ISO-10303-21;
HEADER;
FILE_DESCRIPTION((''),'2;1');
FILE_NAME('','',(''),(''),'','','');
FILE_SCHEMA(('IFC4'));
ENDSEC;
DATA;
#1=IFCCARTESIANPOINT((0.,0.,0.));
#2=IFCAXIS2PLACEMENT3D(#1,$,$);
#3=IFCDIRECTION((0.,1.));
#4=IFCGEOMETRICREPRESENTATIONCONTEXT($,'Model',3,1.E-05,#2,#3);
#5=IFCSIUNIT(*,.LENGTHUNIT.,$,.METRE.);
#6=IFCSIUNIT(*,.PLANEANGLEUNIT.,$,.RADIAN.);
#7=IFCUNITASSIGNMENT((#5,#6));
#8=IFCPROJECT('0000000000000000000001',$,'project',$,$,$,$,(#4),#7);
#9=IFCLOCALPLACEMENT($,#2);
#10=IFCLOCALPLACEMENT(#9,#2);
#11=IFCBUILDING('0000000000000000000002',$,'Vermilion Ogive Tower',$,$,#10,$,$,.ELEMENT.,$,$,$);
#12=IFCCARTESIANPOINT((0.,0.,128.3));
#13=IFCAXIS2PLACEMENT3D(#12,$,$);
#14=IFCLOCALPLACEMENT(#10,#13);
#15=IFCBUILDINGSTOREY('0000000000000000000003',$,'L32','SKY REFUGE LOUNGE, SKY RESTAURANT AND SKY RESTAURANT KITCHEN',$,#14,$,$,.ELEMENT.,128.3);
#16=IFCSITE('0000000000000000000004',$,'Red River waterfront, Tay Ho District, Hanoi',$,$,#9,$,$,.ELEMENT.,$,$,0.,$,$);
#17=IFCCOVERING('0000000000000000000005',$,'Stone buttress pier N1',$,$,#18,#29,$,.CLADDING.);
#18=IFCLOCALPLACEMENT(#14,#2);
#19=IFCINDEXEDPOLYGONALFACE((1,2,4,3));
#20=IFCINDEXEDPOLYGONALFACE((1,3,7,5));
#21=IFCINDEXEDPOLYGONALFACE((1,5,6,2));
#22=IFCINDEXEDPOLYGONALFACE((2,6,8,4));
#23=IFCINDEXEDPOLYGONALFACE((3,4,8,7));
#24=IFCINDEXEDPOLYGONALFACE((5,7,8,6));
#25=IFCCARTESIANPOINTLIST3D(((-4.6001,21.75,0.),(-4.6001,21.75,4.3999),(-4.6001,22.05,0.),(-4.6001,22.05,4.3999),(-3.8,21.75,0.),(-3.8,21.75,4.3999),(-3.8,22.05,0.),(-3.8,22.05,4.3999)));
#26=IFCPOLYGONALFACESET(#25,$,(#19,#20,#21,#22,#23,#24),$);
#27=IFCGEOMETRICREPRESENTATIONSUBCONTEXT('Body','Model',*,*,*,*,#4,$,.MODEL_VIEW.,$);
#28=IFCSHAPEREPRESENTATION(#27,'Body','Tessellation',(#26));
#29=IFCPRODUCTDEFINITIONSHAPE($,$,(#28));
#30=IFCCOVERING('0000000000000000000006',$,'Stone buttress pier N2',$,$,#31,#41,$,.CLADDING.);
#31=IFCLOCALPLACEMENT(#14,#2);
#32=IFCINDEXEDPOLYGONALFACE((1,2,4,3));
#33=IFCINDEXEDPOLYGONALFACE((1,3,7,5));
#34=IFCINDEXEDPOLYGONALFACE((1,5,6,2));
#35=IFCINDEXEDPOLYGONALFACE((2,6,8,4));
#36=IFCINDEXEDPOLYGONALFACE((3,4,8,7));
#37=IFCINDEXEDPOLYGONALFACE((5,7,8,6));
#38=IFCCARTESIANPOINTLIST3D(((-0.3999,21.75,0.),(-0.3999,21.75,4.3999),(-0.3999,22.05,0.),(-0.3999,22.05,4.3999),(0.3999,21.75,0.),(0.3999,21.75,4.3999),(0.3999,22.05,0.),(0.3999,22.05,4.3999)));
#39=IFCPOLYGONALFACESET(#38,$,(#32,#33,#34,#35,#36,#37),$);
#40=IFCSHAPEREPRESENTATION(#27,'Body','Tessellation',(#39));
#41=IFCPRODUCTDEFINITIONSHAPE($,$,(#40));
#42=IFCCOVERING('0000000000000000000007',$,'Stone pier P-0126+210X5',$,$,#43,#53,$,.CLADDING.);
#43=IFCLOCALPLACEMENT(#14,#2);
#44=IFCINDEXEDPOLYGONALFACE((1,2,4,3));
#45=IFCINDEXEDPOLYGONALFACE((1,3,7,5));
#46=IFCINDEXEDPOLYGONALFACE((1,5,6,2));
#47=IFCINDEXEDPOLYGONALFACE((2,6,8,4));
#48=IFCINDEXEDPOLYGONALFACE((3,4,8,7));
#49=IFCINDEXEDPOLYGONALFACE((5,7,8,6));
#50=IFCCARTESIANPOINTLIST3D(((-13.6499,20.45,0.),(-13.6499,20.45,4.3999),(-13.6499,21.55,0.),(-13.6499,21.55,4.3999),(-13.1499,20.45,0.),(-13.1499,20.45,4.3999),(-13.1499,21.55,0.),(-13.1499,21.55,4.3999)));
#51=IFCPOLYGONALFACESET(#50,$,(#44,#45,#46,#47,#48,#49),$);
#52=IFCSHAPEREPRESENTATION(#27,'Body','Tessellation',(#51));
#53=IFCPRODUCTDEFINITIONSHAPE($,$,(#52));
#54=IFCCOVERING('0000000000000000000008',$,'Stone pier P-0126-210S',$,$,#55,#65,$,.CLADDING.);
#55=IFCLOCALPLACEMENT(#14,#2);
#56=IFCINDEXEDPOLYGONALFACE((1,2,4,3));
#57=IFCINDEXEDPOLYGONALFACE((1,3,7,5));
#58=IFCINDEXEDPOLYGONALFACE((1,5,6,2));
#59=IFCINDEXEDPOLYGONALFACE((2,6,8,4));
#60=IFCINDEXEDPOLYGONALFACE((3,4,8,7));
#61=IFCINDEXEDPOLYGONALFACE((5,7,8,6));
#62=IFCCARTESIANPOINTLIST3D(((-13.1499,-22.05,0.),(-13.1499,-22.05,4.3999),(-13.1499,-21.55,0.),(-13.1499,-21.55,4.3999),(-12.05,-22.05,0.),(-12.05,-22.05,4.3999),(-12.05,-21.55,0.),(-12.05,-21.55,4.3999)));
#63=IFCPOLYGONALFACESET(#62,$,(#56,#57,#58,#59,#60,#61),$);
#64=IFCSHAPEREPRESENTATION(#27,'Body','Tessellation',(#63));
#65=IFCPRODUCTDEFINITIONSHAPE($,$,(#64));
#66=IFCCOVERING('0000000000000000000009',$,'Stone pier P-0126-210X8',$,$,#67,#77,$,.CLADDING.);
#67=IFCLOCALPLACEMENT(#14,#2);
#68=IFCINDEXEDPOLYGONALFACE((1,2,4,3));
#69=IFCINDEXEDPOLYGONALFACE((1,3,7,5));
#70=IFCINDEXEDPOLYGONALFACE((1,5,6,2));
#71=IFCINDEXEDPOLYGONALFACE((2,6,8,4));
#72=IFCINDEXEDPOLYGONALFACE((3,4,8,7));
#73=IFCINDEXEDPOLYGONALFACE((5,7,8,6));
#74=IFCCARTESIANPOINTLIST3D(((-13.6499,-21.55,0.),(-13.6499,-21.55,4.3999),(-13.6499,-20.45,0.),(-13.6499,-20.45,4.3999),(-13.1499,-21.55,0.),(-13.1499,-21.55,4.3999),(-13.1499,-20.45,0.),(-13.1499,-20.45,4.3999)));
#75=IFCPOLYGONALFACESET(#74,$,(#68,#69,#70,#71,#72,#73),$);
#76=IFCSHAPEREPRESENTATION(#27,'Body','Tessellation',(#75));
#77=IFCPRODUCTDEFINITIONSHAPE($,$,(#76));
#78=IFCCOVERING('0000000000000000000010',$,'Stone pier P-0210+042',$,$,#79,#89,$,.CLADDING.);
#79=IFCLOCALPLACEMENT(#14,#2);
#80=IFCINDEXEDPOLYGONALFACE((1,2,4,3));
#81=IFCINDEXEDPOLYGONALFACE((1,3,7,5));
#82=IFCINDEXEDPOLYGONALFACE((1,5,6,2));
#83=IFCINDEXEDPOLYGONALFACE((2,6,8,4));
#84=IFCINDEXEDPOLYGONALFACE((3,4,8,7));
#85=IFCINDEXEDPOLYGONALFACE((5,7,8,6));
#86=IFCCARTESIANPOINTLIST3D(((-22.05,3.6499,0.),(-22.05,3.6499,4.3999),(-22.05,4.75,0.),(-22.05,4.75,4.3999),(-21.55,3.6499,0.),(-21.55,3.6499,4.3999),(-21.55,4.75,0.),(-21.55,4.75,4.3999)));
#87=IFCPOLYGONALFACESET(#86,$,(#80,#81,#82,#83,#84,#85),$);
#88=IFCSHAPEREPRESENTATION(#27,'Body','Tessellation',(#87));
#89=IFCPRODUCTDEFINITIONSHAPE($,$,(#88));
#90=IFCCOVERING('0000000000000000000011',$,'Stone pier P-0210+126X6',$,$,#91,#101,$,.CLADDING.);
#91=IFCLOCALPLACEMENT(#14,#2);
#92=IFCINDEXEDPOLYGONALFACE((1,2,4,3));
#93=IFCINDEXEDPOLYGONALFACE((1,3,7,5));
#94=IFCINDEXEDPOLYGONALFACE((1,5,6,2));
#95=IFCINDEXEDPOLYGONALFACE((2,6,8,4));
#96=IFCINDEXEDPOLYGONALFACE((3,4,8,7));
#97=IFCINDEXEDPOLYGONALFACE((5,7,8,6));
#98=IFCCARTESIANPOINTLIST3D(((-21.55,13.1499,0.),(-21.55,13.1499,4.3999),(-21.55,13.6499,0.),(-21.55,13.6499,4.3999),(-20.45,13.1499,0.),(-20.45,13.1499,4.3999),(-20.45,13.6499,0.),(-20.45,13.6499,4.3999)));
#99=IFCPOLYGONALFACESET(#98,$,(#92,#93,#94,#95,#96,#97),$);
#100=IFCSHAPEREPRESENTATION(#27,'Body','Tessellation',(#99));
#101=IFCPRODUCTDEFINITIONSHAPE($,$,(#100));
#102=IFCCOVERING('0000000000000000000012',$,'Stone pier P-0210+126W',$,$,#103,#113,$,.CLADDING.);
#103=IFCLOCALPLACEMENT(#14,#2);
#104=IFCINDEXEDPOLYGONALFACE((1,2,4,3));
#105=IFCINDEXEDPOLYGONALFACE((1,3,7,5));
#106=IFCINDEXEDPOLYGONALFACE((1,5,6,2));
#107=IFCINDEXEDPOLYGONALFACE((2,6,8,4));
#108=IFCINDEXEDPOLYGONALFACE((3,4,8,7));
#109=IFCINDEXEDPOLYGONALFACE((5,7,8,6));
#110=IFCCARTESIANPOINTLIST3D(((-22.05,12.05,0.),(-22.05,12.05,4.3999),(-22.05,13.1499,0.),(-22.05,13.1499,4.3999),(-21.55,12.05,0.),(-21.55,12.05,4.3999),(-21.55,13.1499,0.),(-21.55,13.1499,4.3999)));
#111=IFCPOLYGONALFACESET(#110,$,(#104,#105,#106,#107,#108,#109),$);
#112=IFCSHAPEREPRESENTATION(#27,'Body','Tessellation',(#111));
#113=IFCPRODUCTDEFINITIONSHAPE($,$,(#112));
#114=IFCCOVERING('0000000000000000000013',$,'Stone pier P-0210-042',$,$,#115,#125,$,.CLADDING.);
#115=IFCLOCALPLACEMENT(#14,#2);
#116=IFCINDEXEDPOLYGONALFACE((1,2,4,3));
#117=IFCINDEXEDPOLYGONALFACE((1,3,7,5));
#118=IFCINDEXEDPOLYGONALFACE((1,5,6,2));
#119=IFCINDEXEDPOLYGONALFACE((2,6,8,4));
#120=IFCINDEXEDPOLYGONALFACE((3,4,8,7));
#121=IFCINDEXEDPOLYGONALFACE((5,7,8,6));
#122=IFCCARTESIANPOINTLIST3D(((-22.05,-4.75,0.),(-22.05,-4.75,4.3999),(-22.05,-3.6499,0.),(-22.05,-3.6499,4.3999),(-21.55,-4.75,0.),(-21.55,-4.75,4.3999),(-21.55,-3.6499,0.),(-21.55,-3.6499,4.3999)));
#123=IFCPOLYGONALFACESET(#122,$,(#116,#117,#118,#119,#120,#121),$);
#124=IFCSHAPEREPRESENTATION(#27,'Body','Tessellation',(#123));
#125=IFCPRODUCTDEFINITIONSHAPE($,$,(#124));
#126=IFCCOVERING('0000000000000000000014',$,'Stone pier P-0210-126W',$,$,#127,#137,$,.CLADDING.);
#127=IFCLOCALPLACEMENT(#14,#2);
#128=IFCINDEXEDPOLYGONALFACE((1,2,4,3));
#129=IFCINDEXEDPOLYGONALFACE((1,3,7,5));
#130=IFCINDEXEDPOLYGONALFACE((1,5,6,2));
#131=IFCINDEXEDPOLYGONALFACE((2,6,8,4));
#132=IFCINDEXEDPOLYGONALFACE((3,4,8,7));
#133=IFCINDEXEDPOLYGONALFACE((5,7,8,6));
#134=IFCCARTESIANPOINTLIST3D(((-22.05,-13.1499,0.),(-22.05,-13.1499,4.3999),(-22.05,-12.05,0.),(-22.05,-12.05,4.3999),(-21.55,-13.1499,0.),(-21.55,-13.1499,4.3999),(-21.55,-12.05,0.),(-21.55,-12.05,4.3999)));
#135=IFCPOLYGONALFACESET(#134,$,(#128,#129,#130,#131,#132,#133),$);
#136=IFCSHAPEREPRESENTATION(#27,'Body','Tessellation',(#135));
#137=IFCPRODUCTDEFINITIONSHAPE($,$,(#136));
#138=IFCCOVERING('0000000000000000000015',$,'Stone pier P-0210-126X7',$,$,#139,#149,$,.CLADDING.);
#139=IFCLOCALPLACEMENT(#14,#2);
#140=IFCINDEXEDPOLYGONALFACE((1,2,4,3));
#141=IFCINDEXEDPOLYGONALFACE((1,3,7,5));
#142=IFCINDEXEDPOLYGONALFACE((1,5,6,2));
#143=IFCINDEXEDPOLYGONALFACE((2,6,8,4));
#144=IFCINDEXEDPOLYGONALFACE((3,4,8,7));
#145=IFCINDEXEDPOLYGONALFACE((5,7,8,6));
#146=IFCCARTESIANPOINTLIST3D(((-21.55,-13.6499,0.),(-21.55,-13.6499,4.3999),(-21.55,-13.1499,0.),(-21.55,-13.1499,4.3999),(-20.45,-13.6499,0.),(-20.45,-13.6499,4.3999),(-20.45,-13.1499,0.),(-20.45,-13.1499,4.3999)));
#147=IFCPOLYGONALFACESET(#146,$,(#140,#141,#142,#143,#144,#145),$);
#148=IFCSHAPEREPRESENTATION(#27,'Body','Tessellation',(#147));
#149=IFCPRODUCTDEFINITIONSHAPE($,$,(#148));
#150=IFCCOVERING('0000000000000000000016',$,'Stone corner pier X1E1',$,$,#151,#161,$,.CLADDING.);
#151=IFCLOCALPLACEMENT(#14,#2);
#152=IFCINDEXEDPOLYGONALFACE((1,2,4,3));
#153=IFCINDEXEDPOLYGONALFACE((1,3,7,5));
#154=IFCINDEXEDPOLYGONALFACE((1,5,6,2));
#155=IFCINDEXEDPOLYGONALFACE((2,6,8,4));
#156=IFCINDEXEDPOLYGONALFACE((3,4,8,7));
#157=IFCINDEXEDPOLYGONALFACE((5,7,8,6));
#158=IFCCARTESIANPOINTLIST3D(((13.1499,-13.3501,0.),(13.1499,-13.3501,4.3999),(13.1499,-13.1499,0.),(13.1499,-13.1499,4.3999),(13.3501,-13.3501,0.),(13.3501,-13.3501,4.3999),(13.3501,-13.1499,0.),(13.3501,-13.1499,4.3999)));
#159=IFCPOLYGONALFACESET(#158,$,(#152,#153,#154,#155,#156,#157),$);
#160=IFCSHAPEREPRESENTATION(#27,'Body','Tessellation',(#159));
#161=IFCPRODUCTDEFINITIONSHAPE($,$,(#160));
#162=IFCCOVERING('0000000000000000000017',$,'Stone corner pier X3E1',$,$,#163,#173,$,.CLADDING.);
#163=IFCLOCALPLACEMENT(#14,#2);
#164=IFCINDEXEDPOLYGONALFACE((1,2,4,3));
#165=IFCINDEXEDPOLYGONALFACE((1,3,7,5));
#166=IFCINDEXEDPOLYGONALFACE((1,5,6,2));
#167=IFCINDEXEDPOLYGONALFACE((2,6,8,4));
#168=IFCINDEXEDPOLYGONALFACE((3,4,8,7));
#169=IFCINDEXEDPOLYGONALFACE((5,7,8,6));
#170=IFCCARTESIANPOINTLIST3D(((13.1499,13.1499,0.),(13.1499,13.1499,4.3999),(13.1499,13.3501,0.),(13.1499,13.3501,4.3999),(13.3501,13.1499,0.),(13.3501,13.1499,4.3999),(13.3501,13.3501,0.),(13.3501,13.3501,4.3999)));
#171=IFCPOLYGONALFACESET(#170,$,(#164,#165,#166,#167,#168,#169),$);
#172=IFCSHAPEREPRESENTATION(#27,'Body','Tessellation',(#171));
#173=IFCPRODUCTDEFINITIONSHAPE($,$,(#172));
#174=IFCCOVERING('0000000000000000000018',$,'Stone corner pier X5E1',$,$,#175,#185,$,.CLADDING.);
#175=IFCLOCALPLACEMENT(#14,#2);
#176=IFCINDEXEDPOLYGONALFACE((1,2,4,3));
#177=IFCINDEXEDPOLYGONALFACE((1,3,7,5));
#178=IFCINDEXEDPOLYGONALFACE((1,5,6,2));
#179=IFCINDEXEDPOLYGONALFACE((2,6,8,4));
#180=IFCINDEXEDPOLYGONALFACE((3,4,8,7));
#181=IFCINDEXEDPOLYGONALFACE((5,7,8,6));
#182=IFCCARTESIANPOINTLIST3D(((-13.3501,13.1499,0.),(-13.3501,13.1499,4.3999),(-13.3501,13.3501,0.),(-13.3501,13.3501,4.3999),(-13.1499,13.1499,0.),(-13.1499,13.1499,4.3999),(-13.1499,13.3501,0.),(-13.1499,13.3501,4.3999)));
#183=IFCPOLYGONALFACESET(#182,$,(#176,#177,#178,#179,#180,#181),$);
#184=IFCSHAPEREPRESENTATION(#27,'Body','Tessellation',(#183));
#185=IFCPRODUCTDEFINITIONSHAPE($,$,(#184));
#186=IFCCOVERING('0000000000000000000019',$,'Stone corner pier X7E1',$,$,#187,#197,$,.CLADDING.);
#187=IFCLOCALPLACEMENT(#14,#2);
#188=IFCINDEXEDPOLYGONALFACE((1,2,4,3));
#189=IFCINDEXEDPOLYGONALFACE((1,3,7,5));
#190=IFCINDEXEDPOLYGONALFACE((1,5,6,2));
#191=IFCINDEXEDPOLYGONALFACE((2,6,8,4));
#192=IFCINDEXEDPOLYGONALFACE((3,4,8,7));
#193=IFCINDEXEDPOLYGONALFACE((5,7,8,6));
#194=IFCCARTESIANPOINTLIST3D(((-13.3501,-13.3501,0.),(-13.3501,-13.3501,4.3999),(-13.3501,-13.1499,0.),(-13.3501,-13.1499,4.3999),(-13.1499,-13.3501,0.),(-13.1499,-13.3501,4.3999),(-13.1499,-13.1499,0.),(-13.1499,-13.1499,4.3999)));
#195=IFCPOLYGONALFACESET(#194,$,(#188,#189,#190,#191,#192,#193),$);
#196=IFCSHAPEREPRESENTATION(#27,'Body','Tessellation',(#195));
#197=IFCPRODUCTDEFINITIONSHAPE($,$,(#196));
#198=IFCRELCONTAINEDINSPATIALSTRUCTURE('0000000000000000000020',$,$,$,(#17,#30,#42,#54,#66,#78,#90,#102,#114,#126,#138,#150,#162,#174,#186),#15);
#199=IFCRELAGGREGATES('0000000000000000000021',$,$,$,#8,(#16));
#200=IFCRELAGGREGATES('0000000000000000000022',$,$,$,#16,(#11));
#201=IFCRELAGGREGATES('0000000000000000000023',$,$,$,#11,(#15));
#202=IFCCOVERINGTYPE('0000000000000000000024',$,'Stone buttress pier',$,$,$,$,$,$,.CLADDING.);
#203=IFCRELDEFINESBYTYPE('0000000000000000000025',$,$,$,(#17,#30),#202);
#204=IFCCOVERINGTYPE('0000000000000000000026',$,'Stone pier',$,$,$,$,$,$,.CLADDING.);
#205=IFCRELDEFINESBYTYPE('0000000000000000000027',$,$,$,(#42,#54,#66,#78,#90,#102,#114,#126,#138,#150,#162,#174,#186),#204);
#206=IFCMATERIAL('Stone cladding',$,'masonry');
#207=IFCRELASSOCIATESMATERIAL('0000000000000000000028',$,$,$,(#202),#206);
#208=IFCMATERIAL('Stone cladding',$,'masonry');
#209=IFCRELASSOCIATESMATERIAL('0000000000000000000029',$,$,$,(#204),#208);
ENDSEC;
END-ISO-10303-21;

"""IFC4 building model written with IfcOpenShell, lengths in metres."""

from ifc_helpers import new_model, si_unit, direction, frame, origin, place, context, subcontext, project, spatial, polyline, outline, extrude, material, type_object, element, save


model = new_model("IFC4")

# Units and contexts
model_context = context("Model", 3, precision=1e-05, world=origin(), true_north=direction((0.0, 1.0)))
body_context = subcontext(model_context, "Body", "Model", "MODEL_VIEW")
ifc_project = project(units=[si_unit("LENGTHUNIT", "METRE"), si_unit("PLANEANGLEUNIT", "RADIAN")], contexts=[model_context])

# Site, building, storey
site_placement = place(None, origin())
site = spatial("IfcSite", under=ifc_project, at=site_placement, Name="Red River waterfront, Tay Ho District, Hanoi", CompositionType="ELEMENT", RefElevation=0.0)
building_placement = place(site_placement, origin())
building = spatial("IfcBuilding", under=site, at=building_placement, Name="Vermilion Ogive Tower", CompositionType="ELEMENT")
storey_placement = place(building_placement, frame((0.0, 0.0, 128.3)))
storey = spatial("IfcBuildingStorey", under=building, at=storey_placement, Name="L32", Description="SKY REFUGE LOUNGE, SKY RESTAURANT AND SKY RESTAURANT KITCHEN", CompositionType="ELEMENT", Elevation=128.3)

# Coverings
ifc_material_1 = material(Name="Stone cladding", Category="masonry")
covering_type_1 = type_object("IfcCoveringType", Name="Stone buttress pier", PredefinedType="CLADDING", material=ifc_material_1)
covering_1_placement = place(storey_placement, origin())
element("IfcCovering", 1, at=covering_1_placement, inside=storey, type_object=covering_type_1, Name="Stone buttress pier N1", PredefinedType="CLADDING", context=body_context, shape_type="SweptSolid", body=[
    extrude(outline(polyline([(-4.6001, 21.75), (-3.8, 21.75), (-3.8, 22.05), (-4.6001, 22.05), (-4.6001, 21.75)])), origin(), (0.0, 0.0, 1.0), 4.3999),
])
covering_2_placement = place(storey_placement, origin())
element("IfcCovering", 2, at=covering_2_placement, inside=storey, type_object=covering_type_1, Name="Stone buttress pier N2", PredefinedType="CLADDING", context=body_context, shape_type="SweptSolid", body=[
    extrude(outline(polyline([(-0.3999, 21.75), (0.3999, 21.75), (0.3999, 22.05), (-0.3999, 22.05), (-0.3999, 21.75)])), origin(), (0.0, 0.0, 1.0), 4.3999),
])
ifc_material_2 = material(Name="Stone cladding", Category="masonry")
covering_type_2 = type_object("IfcCoveringType", Name="Stone pier", PredefinedType="CLADDING", material=ifc_material_2)
covering_3_placement = place(storey_placement, origin())
element("IfcCovering", 3, at=covering_3_placement, inside=storey, type_object=covering_type_2, Name="Stone pier P-0126+210X5", PredefinedType="CLADDING", context=body_context, shape_type="SweptSolid", body=[
    extrude(outline(polyline([(-13.6499, 21.55), (-13.1499, 21.55), (-13.1499, 20.45), (-13.6499, 20.45), (-13.6499, 21.55)])), origin(), (0.0, 0.0, 1.0), 4.3999),
])
covering_4_placement = place(storey_placement, origin())
element("IfcCovering", 4, at=covering_4_placement, inside=storey, type_object=covering_type_2, Name="Stone pier P-0126-210S", PredefinedType="CLADDING", context=body_context, shape_type="SweptSolid", body=[
    extrude(outline(polyline([(-12.05, -22.05), (-13.1499, -22.05), (-13.1499, -21.55), (-12.05, -21.55), (-12.05, -22.05)])), origin(), (0.0, 0.0, 1.0), 4.3999),
])
covering_5_placement = place(storey_placement, origin())
element("IfcCovering", 5, at=covering_5_placement, inside=storey, type_object=covering_type_2, Name="Stone pier P-0126-210X8", PredefinedType="CLADDING", context=body_context, shape_type="SweptSolid", body=[
    extrude(outline(polyline([(-13.6499, -20.45), (-13.1499, -20.45), (-13.1499, -21.55), (-13.6499, -21.55), (-13.6499, -20.45)])), origin(), (0.0, 0.0, 1.0), 4.3999),
])
covering_6_placement = place(storey_placement, origin())
element("IfcCovering", 6, at=covering_6_placement, inside=storey, type_object=covering_type_2, Name="Stone pier P-0210+042", PredefinedType="CLADDING", context=body_context, shape_type="SweptSolid", body=[
    extrude(outline(polyline([(-21.55, 3.6499), (-22.05, 3.6499), (-22.05, 4.75), (-21.55, 4.75), (-21.55, 4.75), (-21.55, 3.6499)])), origin(), (0.0, 0.0, 1.0), 4.3999),
])
covering_7_placement = place(storey_placement, origin())
element("IfcCovering", 7, at=covering_7_placement, inside=storey, type_object=covering_type_2, Name="Stone pier P-0210+126X6", PredefinedType="CLADDING", context=body_context, shape_type="SweptSolid", body=[
    extrude(outline(polyline([(-21.55, 13.6499), (-20.45, 13.6499), (-20.45, 13.1499), (-21.55, 13.1499), (-21.55, 13.6499)])), origin(), (0.0, 0.0, 1.0), 4.3999),
])
covering_8_placement = place(storey_placement, origin())
element("IfcCovering", 8, at=covering_8_placement, inside=storey, type_object=covering_type_2, Name="Stone pier P-0210+126W", PredefinedType="CLADDING", context=body_context, shape_type="SweptSolid", body=[
    extrude(outline(polyline([(-22.05, 13.1499), (-21.55, 13.1499), (-21.55, 12.05), (-22.05, 12.05), (-22.05, 13.1499)])), origin(), (0.0, 0.0, 1.0), 4.3999),
])
covering_9_placement = place(storey_placement, origin())
element("IfcCovering", 9, at=covering_9_placement, inside=storey, type_object=covering_type_2, Name="Stone pier P-0210-042", PredefinedType="CLADDING", context=body_context, shape_type="SweptSolid", body=[
    extrude(outline(polyline([(-21.55, -4.75), (-22.05, -4.75), (-22.05, -3.6499), (-21.55, -3.6499), (-21.55, -4.75), (-21.55, -4.75)])), origin(), (0.0, 0.0, 1.0), 4.3999),
])
covering_10_placement = place(storey_placement, origin())
element("IfcCovering", 10, at=covering_10_placement, inside=storey, type_object=covering_type_2, Name="Stone pier P-0210-126W", PredefinedType="CLADDING", context=body_context, shape_type="SweptSolid", body=[
    extrude(outline(polyline([(-22.05, -13.1499), (-22.05, -12.05), (-21.55, -12.05), (-21.55, -13.1499), (-22.05, -13.1499)])), origin(), (0.0, 0.0, 1.0), 4.3999),
])
covering_11_placement = place(storey_placement, origin())
element("IfcCovering", 11, at=covering_11_placement, inside=storey, type_object=covering_type_2, Name="Stone pier P-0210-126X7", PredefinedType="CLADDING", context=body_context, shape_type="SweptSolid", body=[
    extrude(outline(polyline([(-21.55, -13.6499), (-21.55, -13.1499), (-20.45, -13.1499), (-20.45, -13.6499), (-21.55, -13.6499)])), origin(), (0.0, 0.0, 1.0), 4.3999),
])
covering_12_placement = place(storey_placement, origin())
element("IfcCovering", 12, at=covering_12_placement, inside=storey, type_object=covering_type_2, Name="Stone corner pier X1E1", PredefinedType="CLADDING", context=body_context, shape_type="SweptSolid", body=[
    extrude(outline(polyline([(13.1499, -13.1499), (13.3501, -13.1499), (13.3501, -13.3501), (13.1499, -13.3501), (13.1499, -13.1499)])), origin(), (0.0, 0.0, 1.0), 4.3999),
])
covering_13_placement = place(storey_placement, origin())
element("IfcCovering", 13, at=covering_13_placement, inside=storey, type_object=covering_type_2, Name="Stone corner pier X3E1", PredefinedType="CLADDING", context=body_context, shape_type="SweptSolid", body=[
    extrude(outline(polyline([(13.1499, 13.1499), (13.1499, 13.3501), (13.3501, 13.3501), (13.3501, 13.1499), (13.1499, 13.1499)])), origin(), (0.0, 0.0, 1.0), 4.3999),
])
covering_14_placement = place(storey_placement, origin())
element("IfcCovering", 14, at=covering_14_placement, inside=storey, type_object=covering_type_2, Name="Stone corner pier X5E1", PredefinedType="CLADDING", context=body_context, shape_type="SweptSolid", body=[
    extrude(outline(polyline([(-13.1499, 13.1499), (-13.3501, 13.1499), (-13.3501, 13.3501), (-13.1499, 13.3501), (-13.1499, 13.1499)])), origin(), (0.0, 0.0, 1.0), 4.3999),
])
covering_15_placement = place(storey_placement, origin())
element("IfcCovering", 15, at=covering_15_placement, inside=storey, type_object=covering_type_2, Name="Stone corner pier X7E1", PredefinedType="CLADDING", context=body_context, shape_type="SweptSolid", body=[
    extrude(outline(polyline([(-13.1499, -13.1499), (-13.1499, -13.3501), (-13.3501, -13.3501), (-13.3501, -13.1499), (-13.1499, -13.1499)])), origin(), (0.0, 0.0, 1.0), 4.3999),
])

save(model, "model.ifc")
